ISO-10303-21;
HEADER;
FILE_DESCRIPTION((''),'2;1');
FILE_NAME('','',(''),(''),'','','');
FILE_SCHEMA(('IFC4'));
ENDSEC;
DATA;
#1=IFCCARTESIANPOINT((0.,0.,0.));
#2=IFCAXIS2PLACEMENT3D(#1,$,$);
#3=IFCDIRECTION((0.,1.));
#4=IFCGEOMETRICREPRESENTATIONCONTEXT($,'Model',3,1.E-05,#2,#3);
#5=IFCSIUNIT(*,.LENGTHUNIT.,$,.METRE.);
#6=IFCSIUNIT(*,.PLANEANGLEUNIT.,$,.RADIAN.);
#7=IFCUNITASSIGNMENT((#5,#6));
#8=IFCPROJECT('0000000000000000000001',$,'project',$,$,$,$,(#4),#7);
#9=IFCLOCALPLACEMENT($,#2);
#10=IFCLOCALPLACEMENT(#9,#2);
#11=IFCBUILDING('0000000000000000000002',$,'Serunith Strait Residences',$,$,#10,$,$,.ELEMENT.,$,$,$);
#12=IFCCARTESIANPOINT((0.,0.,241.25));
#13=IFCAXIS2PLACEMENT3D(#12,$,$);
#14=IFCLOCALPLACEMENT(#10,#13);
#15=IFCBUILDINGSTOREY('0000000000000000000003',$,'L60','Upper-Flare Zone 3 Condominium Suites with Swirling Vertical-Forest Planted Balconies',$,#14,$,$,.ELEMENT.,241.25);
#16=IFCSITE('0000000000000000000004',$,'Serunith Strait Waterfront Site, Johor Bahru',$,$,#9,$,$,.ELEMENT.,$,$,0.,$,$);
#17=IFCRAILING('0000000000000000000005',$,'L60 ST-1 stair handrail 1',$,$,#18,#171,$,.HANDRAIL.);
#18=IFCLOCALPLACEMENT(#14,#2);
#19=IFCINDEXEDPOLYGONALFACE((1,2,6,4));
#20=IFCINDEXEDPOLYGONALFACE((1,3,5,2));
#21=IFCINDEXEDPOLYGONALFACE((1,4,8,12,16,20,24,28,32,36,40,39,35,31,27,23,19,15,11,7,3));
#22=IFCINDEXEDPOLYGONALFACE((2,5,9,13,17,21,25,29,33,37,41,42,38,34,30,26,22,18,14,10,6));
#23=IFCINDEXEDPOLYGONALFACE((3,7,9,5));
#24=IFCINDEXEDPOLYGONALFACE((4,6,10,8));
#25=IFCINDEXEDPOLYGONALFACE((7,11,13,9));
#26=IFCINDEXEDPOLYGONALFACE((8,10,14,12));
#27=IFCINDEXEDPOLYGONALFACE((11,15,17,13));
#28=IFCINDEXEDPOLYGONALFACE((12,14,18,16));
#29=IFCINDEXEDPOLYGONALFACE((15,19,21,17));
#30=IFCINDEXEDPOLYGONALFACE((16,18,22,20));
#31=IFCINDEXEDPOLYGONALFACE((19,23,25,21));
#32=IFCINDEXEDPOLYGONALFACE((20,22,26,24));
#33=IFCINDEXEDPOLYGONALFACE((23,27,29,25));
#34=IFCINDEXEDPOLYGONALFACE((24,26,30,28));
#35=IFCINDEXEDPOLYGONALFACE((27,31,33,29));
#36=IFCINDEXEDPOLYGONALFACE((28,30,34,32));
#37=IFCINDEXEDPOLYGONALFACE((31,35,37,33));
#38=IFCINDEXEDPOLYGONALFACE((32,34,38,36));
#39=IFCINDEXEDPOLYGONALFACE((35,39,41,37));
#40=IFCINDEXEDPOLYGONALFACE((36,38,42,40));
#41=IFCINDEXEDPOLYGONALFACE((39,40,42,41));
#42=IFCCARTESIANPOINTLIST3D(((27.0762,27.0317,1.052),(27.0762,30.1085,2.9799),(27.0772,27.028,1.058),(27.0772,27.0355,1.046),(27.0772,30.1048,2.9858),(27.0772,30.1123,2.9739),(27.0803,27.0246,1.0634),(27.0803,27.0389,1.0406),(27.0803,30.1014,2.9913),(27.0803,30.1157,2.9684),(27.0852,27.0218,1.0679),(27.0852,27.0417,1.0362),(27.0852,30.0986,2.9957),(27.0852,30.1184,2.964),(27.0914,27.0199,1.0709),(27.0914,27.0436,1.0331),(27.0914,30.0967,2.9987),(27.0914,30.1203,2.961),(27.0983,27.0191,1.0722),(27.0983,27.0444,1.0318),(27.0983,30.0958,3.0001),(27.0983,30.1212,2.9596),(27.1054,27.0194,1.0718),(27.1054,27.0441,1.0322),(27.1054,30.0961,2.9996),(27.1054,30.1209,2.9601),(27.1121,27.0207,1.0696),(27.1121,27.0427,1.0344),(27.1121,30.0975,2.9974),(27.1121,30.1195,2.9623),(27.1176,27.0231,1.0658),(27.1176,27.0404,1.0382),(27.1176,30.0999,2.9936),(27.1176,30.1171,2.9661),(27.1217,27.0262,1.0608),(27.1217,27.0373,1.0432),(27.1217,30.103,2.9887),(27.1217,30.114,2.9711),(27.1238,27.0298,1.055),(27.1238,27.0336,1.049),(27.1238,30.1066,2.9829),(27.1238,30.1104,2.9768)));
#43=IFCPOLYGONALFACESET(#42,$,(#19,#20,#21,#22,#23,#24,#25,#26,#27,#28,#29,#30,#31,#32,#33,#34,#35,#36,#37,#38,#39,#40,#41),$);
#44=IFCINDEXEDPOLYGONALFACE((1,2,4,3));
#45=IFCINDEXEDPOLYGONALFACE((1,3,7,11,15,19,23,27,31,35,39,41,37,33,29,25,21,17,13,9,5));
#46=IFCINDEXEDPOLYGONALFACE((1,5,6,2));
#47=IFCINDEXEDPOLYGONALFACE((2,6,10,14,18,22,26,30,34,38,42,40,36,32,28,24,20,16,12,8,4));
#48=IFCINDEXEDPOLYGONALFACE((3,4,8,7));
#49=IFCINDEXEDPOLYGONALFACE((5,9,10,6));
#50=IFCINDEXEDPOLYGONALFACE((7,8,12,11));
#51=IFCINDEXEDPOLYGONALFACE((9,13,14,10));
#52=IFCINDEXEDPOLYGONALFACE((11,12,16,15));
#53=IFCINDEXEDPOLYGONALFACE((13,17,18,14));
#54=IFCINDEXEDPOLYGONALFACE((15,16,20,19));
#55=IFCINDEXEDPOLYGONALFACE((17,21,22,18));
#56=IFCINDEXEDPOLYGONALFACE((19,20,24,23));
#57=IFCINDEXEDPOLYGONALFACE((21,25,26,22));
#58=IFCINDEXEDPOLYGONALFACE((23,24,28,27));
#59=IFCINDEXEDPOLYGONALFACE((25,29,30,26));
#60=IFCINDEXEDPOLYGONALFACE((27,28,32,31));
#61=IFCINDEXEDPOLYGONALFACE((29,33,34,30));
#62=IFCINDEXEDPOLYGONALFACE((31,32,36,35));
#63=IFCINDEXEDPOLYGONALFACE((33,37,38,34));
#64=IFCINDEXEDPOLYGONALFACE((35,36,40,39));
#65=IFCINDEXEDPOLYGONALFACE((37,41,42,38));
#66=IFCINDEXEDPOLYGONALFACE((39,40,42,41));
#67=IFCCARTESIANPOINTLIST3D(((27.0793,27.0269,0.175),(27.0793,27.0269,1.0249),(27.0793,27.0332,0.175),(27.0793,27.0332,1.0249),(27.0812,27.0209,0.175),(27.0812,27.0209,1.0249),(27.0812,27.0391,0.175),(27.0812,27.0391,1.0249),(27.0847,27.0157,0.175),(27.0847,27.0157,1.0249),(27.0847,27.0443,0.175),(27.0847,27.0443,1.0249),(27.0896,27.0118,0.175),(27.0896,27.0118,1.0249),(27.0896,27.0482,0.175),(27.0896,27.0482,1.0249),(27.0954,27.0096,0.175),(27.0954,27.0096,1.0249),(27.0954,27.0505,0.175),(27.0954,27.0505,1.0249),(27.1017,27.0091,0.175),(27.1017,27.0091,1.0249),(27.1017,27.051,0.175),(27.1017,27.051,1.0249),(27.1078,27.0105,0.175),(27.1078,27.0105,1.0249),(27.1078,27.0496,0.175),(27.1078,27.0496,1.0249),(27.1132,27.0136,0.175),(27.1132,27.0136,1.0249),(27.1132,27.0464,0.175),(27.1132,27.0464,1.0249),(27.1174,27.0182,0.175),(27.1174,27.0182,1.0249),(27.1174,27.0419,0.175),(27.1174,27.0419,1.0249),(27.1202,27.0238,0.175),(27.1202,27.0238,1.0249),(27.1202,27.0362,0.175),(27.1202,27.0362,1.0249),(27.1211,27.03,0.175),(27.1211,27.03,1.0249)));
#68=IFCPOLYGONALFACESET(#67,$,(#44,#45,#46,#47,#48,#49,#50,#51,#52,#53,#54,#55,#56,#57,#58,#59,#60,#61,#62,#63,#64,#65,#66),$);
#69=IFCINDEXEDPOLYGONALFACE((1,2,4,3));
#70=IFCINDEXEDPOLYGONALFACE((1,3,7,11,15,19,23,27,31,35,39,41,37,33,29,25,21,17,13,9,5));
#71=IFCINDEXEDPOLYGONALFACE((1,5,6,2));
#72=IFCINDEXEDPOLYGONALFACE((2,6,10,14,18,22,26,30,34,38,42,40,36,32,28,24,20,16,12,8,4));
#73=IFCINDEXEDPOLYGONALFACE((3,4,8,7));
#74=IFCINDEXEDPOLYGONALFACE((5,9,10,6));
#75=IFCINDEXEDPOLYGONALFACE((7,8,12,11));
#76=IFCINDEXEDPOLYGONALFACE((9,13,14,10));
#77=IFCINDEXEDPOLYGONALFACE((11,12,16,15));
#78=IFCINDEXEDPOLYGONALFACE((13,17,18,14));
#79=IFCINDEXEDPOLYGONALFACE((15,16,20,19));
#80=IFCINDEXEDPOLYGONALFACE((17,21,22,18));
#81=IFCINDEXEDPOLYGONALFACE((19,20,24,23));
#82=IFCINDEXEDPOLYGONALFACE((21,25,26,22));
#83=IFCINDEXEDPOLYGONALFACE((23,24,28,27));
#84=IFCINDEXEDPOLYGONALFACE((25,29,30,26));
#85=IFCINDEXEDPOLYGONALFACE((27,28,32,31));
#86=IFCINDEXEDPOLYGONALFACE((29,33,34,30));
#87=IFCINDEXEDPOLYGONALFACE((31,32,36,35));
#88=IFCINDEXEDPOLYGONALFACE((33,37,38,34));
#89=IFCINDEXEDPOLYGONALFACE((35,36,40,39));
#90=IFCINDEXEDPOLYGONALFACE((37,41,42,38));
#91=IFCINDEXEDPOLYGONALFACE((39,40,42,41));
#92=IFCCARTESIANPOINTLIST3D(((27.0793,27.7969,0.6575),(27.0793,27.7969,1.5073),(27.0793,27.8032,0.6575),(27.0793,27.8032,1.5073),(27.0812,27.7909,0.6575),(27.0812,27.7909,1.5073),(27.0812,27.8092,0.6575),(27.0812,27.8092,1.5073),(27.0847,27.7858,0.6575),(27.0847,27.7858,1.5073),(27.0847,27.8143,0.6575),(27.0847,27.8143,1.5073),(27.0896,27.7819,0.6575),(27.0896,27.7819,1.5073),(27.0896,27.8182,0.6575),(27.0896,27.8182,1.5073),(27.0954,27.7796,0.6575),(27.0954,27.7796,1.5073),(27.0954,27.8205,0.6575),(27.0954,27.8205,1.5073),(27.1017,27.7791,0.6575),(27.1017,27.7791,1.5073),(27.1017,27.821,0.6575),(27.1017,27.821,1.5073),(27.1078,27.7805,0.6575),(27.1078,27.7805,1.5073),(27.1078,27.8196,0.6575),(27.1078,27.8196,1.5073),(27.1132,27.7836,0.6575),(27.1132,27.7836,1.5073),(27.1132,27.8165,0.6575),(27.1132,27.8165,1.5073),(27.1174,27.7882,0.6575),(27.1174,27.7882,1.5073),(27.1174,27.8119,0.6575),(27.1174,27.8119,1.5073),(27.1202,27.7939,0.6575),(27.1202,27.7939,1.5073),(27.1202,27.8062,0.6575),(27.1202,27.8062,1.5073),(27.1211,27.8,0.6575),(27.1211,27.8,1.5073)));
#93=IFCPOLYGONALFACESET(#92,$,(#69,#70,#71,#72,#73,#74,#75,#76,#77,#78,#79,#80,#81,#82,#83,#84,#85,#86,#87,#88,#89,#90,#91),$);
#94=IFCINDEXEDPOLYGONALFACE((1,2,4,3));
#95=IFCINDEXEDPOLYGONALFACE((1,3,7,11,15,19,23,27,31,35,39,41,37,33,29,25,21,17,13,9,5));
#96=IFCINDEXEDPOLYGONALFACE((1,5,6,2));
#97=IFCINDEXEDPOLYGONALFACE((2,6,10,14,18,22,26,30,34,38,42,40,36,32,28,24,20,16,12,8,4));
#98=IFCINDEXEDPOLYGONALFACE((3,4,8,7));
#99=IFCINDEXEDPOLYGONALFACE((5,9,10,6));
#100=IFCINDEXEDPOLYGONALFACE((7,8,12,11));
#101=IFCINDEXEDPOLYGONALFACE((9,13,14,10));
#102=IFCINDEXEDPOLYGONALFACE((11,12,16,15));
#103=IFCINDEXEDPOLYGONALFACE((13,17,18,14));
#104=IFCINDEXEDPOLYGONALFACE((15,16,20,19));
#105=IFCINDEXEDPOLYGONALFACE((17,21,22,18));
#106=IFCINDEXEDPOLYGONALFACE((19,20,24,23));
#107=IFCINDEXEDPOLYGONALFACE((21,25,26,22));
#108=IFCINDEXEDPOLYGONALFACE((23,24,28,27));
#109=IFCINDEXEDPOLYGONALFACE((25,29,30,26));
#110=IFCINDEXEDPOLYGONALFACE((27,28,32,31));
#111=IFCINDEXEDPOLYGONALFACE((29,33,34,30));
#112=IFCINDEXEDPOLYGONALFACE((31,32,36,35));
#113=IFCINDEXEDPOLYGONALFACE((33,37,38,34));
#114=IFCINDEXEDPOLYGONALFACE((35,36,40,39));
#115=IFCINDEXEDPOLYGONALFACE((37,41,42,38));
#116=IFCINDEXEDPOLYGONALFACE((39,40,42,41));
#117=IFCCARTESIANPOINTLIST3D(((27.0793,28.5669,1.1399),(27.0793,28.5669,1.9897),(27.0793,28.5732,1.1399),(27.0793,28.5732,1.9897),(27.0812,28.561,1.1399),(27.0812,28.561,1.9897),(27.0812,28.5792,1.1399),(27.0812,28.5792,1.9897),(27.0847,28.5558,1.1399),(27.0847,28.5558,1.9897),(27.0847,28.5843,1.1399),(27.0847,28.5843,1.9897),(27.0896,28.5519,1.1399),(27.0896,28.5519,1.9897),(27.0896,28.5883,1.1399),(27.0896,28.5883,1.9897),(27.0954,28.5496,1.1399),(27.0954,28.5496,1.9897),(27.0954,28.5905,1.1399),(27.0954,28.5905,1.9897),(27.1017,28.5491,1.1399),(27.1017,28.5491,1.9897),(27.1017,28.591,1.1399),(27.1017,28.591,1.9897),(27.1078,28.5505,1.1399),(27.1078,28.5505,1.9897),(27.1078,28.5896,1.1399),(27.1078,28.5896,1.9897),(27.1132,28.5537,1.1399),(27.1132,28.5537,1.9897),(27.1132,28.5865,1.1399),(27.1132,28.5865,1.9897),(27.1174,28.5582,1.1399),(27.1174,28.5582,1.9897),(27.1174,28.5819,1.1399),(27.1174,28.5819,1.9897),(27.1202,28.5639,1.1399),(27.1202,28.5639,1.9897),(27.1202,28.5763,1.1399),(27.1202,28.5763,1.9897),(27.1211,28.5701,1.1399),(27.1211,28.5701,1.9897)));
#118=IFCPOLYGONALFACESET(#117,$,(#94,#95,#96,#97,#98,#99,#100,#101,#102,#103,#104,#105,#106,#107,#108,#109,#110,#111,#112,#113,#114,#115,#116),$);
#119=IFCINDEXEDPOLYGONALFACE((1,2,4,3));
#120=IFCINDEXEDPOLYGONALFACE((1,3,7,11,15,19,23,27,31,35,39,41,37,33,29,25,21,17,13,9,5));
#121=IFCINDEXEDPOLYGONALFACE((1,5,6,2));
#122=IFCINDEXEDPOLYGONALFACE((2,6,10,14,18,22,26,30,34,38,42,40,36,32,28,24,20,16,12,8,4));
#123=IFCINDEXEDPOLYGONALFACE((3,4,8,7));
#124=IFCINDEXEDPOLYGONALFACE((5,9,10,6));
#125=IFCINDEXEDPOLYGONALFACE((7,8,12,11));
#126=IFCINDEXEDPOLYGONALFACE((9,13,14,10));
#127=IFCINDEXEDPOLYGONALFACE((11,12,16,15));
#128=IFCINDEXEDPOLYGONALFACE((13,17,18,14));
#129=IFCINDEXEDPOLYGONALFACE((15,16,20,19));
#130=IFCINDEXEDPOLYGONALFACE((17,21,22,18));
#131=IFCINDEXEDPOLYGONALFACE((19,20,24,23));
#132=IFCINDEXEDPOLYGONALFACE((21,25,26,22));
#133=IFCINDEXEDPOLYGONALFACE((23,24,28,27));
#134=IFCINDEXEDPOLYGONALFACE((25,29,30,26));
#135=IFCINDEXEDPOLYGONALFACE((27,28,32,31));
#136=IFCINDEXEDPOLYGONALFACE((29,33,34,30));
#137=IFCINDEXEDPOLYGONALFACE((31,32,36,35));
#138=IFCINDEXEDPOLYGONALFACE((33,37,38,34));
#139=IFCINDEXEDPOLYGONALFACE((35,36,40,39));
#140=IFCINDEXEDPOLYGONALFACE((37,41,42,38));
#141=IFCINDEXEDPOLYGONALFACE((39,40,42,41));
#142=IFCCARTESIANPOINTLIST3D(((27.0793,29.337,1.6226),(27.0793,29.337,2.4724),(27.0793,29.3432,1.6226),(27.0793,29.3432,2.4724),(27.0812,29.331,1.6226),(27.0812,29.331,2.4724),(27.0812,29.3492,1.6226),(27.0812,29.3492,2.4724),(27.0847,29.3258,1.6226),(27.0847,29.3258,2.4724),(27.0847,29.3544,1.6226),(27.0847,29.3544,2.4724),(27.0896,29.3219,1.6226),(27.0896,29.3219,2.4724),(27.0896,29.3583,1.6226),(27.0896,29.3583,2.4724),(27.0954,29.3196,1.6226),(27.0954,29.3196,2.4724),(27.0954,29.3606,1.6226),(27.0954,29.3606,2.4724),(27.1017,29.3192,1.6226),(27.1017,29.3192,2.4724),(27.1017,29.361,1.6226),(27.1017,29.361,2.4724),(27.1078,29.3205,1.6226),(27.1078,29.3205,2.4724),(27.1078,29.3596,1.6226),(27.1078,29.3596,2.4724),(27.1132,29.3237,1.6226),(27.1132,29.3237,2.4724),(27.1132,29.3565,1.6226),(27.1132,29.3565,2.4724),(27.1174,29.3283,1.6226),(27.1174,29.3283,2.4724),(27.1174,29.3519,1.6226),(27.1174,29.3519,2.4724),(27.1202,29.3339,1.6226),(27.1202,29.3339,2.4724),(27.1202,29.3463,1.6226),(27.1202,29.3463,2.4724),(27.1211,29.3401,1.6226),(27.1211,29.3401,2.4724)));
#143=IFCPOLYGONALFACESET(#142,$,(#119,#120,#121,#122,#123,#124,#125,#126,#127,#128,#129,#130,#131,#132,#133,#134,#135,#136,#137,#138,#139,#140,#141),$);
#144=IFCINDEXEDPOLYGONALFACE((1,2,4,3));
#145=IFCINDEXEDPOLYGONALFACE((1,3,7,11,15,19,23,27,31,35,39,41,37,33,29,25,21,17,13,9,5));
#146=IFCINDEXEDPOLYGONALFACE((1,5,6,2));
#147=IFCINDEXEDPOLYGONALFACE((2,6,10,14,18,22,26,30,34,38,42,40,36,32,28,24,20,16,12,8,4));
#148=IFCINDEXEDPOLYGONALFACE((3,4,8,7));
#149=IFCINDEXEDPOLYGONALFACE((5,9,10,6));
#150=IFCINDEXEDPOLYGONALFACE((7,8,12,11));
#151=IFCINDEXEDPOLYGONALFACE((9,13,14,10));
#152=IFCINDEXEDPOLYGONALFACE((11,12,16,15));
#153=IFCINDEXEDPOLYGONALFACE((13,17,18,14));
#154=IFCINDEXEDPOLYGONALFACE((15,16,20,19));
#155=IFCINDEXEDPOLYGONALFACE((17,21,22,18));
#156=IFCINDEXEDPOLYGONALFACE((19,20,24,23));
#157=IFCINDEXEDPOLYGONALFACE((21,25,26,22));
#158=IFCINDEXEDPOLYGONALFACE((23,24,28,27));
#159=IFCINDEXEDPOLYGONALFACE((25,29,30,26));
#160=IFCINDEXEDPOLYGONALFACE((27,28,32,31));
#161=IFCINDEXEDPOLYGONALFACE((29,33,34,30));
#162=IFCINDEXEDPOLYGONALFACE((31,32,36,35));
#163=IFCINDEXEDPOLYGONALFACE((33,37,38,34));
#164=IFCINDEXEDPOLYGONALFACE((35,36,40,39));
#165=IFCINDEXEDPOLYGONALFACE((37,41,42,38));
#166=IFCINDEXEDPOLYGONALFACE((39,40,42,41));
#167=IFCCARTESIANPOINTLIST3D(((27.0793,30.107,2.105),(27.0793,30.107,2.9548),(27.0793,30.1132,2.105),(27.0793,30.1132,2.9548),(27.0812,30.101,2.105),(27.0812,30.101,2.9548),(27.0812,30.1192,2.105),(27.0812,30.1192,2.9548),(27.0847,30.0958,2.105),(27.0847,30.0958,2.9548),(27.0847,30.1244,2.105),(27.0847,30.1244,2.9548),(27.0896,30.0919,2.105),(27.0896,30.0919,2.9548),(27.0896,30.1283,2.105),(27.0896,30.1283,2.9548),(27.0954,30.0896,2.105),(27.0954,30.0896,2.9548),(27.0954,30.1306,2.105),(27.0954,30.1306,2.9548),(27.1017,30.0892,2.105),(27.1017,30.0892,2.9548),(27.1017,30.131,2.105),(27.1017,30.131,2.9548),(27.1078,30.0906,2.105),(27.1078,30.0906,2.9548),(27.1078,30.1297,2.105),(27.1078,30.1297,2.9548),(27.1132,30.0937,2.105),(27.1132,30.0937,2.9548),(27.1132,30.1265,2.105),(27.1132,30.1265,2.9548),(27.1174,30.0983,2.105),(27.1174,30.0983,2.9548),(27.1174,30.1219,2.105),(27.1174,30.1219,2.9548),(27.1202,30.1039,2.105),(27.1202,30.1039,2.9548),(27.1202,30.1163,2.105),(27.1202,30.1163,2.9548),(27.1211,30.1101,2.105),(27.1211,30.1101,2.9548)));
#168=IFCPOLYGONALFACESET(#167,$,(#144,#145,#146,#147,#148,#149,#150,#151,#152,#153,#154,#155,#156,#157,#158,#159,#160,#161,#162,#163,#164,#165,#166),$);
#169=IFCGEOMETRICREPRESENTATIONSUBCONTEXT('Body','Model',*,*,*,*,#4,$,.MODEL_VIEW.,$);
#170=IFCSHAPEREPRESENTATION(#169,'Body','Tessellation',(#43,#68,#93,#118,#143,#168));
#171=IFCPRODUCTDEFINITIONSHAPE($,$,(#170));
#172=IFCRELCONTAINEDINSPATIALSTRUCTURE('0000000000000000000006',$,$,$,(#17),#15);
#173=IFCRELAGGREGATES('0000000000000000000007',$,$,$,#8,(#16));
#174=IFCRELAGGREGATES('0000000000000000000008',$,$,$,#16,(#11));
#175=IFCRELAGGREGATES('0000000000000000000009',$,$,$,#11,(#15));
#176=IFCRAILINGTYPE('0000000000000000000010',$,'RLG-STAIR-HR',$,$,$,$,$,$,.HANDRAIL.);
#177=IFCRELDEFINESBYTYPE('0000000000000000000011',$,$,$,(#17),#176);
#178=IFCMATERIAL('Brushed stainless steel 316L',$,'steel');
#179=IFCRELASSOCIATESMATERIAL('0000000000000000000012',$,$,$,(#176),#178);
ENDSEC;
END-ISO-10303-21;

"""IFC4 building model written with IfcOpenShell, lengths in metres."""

from ifc_helpers import new_model, si_unit, direction, frame, origin, origin_2d, place, context, subcontext, project, spatial, circle, extrude, material, type_object, element, save


model = new_model("IFC4")

# Units and contexts
model_context = context("Model", 3, precision=1e-05, world=origin(), true_north=direction((0.0, 1.0)))
body_context = subcontext(model_context, "Body", "Model", "MODEL_VIEW")
ifc_project = project(units=[si_unit("LENGTHUNIT", "METRE"), si_unit("PLANEANGLEUNIT", "RADIAN")], contexts=[model_context])

# Site, building, storey
site_placement = place(None, origin())
site = spatial("IfcSite", under=ifc_project, at=site_placement, Name="Serunith Strait Waterfront Site, Johor Bahru", CompositionType="ELEMENT", RefElevation=0.0)
building_placement = place(site_placement, origin())
building = spatial("IfcBuilding", under=site, at=building_placement, Name="Serunith Strait Residences", CompositionType="ELEMENT")
storey_placement = place(building_placement, frame((0.0, 0.0, 241.25)))
storey = spatial("IfcBuildingStorey", under=building, at=storey_placement, Name="L60", Description="Upper-Flare Zone 3 Condominium Suites with Swirling Vertical-Forest Planted Balconies", CompositionType="ELEMENT", Elevation=241.25)

# Railing
ifc_material_1 = material(Name="Brushed stainless steel 316L", Category="steel")
railing_type_1 = type_object("IfcRailingType", Name="RLG-STAIR-HR", PredefinedType="HANDRAIL", material=ifc_material_1)
railing_1_placement = place(storey_placement, frame((27.1001, 27.03, 0.175)))
element("IfcRailing", 1, at=railing_1_placement, inside=storey, type_object=railing_type_1, Name="L60 ST-1 stair handrail 1", PredefinedType="HANDRAIL", context=body_context, shape_type="SweptSolid", body=[
    extrude(circle(Radius=0.0239, at=origin_2d()), frame((0.0, 0.0017, 0.877), z_axis=(0.0, 0.847394, 0.530965), x_axis=(-1.0, 0.0, 0.0)), (0.0, 0.0, 1.0), 3.6309),
    extrude(circle(Radius=0.021, at=origin_2d()), origin(), (0.0, 0.0, 1.0), 0.8499),
    extrude(circle(Radius=0.021, at=origin_2d()), frame((0.0, 0.77, 0.4824)), (0.0, 0.0, 1.0), 0.8499),
    extrude(circle(Radius=0.021, at=origin_2d()), frame((0.0, 1.54, 0.9648)), (0.0, 0.0, 1.0), 0.8499),
    extrude(circle(Radius=0.021, at=origin_2d()), frame((0.0, 2.3101, 1.4475)), (0.0, 0.0, 1.0), 0.8499),
    extrude(circle(Radius=0.021, at=origin_2d()), frame((0.0, 3.0801, 1.9299)), (0.0, 0.0, 1.0), 0.8499),
])

save(model, "model.ifc")
